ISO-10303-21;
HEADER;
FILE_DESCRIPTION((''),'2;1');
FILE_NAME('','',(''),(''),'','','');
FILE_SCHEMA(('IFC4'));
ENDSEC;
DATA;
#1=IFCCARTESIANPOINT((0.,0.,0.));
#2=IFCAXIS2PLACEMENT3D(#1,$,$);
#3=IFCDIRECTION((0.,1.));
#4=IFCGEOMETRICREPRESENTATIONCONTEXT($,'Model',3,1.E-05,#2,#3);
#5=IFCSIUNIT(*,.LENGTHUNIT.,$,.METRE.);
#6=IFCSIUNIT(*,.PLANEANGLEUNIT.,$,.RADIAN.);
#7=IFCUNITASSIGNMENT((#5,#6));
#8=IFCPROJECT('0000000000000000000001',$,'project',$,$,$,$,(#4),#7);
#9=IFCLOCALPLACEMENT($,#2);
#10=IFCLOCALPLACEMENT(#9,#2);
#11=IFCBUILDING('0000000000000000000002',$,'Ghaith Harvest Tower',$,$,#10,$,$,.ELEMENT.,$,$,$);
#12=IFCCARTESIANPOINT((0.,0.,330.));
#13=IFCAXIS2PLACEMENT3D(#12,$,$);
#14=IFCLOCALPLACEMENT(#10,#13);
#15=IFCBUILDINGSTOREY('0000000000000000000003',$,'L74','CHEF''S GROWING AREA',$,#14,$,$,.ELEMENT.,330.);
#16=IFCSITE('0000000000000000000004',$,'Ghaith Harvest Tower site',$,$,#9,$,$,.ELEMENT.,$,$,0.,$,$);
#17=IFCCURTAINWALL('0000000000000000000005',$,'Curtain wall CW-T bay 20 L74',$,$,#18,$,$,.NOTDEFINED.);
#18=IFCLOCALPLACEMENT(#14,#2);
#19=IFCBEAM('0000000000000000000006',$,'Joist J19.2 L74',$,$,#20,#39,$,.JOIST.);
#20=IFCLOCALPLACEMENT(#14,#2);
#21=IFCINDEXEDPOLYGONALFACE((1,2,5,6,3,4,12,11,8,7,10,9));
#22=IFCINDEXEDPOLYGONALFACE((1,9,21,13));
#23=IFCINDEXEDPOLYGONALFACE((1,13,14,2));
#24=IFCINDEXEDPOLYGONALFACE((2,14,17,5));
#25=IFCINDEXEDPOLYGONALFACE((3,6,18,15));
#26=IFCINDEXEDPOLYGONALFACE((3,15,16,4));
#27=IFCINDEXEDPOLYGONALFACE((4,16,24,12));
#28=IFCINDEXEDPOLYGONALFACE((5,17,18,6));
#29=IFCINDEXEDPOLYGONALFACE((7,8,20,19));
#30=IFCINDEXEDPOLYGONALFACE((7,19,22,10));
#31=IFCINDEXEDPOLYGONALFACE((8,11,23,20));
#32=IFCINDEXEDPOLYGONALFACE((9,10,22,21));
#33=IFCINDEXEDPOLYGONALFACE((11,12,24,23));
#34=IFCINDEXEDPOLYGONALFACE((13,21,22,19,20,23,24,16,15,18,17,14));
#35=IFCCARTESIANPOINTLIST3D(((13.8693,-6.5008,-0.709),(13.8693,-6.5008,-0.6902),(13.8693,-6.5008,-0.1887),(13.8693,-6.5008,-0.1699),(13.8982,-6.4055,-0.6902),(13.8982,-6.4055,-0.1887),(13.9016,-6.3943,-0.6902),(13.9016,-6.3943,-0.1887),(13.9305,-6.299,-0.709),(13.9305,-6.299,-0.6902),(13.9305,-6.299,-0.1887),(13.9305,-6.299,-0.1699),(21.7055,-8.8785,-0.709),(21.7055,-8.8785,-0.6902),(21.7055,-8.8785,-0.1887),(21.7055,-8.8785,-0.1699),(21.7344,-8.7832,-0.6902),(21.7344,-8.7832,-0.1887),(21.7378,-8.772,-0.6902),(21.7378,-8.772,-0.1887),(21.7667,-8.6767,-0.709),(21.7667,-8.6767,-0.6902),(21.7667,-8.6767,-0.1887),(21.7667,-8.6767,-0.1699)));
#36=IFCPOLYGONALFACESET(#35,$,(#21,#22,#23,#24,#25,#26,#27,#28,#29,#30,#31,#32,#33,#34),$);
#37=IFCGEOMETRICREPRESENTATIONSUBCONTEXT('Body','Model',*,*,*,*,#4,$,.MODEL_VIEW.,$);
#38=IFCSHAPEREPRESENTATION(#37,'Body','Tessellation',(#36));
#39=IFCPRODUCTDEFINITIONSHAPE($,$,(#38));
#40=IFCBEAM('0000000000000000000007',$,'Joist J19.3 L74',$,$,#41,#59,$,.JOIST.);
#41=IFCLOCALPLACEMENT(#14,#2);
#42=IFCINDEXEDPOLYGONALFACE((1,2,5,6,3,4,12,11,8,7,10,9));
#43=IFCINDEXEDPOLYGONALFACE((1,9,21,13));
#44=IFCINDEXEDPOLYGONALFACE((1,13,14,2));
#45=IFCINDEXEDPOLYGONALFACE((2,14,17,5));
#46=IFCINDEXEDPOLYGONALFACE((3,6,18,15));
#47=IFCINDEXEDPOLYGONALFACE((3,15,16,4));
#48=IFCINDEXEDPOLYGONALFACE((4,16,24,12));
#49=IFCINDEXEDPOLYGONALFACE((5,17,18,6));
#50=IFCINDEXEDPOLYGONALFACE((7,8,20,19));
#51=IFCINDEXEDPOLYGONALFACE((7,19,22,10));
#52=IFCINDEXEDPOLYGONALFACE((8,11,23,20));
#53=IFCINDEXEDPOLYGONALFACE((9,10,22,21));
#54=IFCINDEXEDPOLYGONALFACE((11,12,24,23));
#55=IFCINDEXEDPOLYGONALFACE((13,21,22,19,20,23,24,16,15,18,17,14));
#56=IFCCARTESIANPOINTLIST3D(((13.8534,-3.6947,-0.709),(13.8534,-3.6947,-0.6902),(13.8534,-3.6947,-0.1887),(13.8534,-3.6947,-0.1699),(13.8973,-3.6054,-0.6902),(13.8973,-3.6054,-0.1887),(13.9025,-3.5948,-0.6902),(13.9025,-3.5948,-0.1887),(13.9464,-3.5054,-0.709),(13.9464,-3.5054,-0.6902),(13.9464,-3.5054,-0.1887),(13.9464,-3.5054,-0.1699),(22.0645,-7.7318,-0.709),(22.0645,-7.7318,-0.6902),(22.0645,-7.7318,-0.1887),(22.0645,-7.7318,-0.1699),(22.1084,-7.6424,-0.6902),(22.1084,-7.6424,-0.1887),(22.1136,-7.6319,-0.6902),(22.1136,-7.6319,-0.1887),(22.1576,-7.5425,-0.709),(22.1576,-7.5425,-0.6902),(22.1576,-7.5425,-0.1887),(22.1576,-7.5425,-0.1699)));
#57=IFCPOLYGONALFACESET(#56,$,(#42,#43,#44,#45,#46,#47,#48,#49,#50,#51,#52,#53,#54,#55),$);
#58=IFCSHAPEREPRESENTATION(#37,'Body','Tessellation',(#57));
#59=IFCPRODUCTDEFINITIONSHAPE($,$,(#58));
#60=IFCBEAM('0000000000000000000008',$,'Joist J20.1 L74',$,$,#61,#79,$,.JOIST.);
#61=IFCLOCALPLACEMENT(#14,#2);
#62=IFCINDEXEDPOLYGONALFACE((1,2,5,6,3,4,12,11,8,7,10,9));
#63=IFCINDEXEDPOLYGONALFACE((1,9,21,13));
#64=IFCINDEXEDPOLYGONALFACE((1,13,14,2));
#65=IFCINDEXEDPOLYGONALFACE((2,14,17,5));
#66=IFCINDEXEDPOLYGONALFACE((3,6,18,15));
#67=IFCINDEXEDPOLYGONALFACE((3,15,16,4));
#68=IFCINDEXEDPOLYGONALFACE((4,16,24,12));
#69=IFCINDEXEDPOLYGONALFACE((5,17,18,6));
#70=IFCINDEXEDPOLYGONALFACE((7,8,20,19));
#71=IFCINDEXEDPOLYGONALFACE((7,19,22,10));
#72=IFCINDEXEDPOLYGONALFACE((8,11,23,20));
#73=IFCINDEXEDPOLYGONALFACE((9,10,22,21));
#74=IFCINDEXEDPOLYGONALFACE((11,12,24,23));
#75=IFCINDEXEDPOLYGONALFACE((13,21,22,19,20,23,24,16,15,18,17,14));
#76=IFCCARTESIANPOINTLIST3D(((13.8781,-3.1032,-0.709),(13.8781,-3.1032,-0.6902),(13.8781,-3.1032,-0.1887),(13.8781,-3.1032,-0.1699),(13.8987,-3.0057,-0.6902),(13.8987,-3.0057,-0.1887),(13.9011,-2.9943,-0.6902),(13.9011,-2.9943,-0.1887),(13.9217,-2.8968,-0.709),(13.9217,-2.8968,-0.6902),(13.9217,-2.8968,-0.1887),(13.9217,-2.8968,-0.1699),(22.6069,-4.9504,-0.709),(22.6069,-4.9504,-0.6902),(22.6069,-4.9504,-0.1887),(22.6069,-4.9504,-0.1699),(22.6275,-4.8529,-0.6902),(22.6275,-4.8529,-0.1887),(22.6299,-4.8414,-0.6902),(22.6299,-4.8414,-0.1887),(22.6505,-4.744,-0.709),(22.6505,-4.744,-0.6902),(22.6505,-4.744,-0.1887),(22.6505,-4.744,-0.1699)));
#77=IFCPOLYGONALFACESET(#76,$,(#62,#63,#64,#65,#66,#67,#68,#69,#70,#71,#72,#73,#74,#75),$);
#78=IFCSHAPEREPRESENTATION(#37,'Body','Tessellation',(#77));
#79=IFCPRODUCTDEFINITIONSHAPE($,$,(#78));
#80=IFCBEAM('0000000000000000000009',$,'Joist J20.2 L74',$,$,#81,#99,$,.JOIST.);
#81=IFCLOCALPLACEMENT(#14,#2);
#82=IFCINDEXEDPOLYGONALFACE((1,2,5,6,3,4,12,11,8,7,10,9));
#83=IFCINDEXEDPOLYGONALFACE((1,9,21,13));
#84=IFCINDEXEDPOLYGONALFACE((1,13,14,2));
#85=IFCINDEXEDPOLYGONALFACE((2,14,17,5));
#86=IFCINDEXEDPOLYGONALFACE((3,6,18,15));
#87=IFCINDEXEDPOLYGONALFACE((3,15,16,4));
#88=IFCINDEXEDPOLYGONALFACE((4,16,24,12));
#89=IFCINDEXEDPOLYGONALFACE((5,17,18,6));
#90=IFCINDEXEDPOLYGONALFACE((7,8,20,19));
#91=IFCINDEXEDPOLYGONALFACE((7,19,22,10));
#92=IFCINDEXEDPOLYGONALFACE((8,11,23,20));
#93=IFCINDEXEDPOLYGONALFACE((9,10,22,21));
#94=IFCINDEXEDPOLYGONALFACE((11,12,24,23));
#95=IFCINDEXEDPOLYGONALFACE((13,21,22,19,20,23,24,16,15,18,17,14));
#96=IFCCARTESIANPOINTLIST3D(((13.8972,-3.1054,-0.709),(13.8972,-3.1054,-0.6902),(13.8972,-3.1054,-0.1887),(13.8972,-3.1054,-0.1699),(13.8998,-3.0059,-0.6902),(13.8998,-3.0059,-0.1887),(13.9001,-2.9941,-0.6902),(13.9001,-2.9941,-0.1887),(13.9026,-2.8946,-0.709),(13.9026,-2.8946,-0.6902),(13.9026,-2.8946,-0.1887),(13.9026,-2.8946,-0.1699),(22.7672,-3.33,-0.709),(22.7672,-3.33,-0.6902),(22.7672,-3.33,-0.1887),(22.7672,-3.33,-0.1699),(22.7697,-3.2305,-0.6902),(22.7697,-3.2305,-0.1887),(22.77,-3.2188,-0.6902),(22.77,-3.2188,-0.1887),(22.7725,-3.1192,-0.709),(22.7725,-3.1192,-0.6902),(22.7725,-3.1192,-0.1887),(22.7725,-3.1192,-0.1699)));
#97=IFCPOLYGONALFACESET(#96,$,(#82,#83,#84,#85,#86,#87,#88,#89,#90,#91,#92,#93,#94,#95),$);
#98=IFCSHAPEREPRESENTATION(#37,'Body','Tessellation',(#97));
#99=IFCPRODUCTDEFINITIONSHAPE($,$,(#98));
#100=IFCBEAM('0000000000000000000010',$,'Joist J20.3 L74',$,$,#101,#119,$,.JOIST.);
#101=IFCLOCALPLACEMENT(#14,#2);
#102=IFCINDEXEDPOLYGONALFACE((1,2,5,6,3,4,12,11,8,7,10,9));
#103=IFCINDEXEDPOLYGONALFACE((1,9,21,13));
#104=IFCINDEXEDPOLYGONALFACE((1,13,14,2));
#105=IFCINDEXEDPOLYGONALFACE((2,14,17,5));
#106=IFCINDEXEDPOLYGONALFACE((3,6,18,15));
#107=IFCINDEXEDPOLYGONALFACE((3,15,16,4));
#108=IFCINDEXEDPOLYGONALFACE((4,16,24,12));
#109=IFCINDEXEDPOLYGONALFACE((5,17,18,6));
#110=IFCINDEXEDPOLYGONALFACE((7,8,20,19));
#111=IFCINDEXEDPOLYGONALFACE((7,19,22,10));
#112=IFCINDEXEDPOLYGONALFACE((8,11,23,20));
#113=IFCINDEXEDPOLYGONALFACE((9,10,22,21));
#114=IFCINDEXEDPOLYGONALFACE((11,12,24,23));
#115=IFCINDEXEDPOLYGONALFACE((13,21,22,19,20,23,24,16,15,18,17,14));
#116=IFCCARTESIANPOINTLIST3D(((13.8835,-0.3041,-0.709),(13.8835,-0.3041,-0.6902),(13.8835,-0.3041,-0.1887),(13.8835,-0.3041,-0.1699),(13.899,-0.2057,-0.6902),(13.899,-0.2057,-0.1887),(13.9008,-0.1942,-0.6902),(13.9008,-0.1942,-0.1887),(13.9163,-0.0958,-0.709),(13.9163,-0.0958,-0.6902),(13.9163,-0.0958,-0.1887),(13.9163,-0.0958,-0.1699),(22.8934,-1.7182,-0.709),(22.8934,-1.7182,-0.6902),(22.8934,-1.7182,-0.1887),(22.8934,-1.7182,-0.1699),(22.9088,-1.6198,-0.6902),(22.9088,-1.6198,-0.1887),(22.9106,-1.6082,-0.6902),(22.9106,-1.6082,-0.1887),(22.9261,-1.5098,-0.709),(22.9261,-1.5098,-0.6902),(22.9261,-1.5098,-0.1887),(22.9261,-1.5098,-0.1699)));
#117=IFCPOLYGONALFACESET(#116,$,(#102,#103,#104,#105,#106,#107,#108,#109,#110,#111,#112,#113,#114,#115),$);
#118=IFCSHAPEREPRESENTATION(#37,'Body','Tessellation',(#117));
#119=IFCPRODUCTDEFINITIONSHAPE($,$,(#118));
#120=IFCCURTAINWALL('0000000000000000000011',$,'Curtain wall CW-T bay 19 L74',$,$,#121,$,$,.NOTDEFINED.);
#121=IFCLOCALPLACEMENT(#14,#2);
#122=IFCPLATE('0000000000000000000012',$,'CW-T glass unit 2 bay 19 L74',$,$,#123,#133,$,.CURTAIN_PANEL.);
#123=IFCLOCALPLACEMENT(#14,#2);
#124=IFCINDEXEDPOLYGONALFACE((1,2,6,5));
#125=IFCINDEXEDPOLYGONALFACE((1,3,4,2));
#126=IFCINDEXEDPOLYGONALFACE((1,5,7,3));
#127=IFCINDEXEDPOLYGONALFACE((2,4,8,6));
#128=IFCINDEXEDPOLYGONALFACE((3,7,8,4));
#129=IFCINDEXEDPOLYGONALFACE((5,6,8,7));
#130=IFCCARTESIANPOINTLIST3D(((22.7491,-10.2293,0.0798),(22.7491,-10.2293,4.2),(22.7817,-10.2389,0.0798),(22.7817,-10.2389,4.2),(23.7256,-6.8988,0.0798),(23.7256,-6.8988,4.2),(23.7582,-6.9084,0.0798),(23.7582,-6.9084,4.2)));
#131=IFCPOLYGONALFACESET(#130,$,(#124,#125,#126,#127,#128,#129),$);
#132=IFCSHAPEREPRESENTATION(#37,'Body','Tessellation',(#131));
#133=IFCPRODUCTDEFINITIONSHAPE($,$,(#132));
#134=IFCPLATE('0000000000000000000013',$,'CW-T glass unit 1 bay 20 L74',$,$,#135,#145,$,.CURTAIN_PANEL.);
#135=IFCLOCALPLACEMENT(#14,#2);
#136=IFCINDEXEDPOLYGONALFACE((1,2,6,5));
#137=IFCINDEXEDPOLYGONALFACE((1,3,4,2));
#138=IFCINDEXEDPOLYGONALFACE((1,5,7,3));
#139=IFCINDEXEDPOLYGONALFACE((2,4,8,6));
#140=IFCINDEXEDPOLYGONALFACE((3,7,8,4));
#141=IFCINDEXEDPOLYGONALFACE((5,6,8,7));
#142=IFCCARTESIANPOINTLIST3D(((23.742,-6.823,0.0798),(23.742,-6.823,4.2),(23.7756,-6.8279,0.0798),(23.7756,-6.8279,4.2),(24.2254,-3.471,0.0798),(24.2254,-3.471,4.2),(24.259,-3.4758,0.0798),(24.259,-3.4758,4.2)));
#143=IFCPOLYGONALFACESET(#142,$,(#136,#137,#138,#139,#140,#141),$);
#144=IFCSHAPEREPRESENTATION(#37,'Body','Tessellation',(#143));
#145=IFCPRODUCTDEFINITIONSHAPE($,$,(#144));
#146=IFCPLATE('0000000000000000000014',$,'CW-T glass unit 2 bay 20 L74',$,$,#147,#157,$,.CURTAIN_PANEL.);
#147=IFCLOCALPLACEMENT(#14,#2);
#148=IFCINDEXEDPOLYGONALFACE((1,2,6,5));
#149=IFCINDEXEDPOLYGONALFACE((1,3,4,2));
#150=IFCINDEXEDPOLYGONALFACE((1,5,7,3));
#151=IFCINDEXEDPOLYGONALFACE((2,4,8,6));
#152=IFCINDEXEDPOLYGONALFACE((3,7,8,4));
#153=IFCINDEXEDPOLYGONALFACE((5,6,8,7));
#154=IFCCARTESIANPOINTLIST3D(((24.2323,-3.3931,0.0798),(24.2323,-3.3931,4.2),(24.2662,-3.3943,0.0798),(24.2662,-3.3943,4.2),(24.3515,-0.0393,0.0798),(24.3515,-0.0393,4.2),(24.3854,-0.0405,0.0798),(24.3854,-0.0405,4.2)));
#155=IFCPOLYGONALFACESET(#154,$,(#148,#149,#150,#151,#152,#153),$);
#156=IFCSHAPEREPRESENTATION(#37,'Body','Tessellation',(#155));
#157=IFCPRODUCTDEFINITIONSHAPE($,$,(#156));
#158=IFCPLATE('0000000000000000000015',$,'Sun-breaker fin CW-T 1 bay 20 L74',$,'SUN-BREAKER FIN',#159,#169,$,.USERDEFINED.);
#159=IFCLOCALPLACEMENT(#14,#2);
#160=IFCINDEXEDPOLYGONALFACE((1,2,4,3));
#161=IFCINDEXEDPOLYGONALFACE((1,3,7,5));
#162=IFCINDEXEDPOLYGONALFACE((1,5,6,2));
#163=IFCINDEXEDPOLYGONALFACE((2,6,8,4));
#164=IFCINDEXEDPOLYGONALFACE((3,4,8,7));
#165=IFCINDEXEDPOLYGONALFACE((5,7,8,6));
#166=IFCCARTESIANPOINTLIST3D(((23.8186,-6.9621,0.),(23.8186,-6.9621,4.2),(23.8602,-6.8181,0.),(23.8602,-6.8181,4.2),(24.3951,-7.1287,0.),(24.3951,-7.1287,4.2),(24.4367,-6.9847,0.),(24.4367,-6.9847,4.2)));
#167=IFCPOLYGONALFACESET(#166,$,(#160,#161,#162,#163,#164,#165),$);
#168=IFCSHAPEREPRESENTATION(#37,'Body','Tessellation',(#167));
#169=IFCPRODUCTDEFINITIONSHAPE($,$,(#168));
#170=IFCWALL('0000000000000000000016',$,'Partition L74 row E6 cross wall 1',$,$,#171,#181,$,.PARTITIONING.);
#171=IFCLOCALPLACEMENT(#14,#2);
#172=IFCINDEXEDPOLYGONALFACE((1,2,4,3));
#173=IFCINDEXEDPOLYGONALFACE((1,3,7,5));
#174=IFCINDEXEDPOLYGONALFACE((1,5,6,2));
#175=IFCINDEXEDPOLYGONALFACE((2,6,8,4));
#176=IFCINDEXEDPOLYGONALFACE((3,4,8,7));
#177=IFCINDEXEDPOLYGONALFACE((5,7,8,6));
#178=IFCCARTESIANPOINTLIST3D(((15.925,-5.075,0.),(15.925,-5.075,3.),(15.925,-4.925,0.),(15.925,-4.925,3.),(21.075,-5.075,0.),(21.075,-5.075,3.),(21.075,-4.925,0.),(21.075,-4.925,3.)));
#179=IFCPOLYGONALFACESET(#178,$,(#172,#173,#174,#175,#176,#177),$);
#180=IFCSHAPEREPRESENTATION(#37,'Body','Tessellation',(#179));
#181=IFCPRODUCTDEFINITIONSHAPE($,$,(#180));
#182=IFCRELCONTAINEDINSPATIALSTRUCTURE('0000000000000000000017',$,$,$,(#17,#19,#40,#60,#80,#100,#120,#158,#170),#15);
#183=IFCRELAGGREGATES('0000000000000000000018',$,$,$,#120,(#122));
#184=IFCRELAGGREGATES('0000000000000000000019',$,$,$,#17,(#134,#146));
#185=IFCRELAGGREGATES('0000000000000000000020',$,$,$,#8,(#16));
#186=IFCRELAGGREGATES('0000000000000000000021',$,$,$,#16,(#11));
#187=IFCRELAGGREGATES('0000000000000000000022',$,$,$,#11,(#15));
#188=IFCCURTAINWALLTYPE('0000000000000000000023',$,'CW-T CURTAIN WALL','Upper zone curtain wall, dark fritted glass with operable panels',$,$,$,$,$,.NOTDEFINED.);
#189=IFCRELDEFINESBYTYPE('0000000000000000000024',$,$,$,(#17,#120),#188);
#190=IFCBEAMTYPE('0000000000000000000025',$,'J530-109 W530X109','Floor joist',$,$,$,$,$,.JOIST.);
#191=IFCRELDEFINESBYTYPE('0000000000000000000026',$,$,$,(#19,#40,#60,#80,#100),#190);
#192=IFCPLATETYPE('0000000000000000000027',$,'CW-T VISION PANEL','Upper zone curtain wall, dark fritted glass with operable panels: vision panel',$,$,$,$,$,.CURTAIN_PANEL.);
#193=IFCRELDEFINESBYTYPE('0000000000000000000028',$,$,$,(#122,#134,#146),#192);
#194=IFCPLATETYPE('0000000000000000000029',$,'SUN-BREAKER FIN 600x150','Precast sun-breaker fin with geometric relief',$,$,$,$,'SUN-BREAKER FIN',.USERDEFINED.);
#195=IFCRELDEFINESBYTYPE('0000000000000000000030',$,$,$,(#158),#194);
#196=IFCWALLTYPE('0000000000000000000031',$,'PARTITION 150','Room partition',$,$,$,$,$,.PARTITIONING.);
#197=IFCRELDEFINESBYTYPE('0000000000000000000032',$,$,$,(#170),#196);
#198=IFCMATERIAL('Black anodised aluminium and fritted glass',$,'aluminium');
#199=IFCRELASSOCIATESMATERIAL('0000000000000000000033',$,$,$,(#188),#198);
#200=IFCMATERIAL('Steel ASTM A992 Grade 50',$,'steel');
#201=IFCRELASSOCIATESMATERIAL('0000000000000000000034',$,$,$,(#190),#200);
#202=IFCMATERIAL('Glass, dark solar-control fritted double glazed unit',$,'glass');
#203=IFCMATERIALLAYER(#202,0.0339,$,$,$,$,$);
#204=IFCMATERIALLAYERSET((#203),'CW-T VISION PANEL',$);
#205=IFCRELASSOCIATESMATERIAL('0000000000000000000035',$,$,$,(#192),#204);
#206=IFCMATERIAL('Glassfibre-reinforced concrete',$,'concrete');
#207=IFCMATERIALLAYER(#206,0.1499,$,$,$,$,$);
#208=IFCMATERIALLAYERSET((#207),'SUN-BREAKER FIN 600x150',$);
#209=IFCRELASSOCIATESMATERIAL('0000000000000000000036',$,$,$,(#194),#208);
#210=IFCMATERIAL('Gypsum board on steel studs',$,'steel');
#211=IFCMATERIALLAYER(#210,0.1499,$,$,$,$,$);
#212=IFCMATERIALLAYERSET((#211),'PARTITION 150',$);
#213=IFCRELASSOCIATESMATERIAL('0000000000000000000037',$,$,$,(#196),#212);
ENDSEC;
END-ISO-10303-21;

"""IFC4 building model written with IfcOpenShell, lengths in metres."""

from ifc_helpers import new_model, si_unit, direction, frame, frame_2d, origin, origin_2d, place, context, subcontext, project, spatial, rectangle, i_section, extrude, material, layer, layer_set, material_profile, profile_set, type_object, element, aggregate, save


model = new_model("IFC4")

# Units and contexts
model_context = context("Model", 3, precision=1e-05, world=origin(), true_north=direction((0.0, 1.0)))
body_context = subcontext(model_context, "Body", "Model", "MODEL_VIEW")
ifc_project = project(units=[si_unit("LENGTHUNIT", "METRE"), si_unit("PLANEANGLEUNIT", "RADIAN")], contexts=[model_context])

# Site, building, storey
site_placement = place(None, origin())
site = spatial("IfcSite", under=ifc_project, at=site_placement, Name="Ghaith Harvest Tower site", CompositionType="ELEMENT", RefElevation=0.0)
building_placement = place(site_placement, origin())
building = spatial("IfcBuilding", under=site, at=building_placement, Name="Ghaith Harvest Tower", CompositionType="ELEMENT")
storey_placement = place(building_placement, frame((0.0, 0.0, 330.0)))
storey = spatial("IfcBuildingStorey", under=building, at=storey_placement, Name="L74", Description="CHEF'S GROWING AREA", CompositionType="ELEMENT", Elevation=330.0)

# Curtain wall
ifc_material_1 = material(Name="Black anodised aluminium and fritted glass", Category="aluminium")
curtain_wall_type = type_object("IfcCurtainWallType", Name="CW-T CURTAIN WALL", Description="Upper zone curtain wall, dark fritted glass with operable panels", PredefinedType="NOTDEFINED", material=ifc_material_1)
curtain_wall_1_placement = place(storey_placement, origin())
curtain_wall_1 = element("IfcCurtainWall", 1, at=curtain_wall_1_placement, inside=storey, type_object=curtain_wall_type, Name="Curtain wall CW-T bay 20 L74", PredefinedType="NOTDEFINED")

# Beams
ifc_material_2 = material(Name="Steel ASTM A992 Grade 50", Category="steel")
ifc_material_profile_1 = material_profile(ifc_material_2, i_section(OverallWidth=0.2109, OverallDepth=0.5391, WebThickness=0.0117, FlangeThickness=0.0188, at=origin_2d()), Name="W530X109")
ifc_profile_set_1 = profile_set([ifc_material_profile_1], Name="Steel ASTM A992 Grade 50")
beam_type_1 = type_object("IfcBeamType", Name="J530-109 W530X109", Description="Floor joist", PredefinedType="JOIST", material=ifc_profile_set_1)
beam_1_placement = place(storey_placement, frame((13.8999, -6.3999, -0.4395), z_axis=(0.95692, -0.290352, 0.0), x_axis=(0.290352, 0.95692, 0.0)))
element("IfcBeam", 2, at=beam_1_placement, inside=storey, type_object=beam_type_1, Name="Joist J19.2 L74", PredefinedType="JOIST", context=body_context, shape_type="SweptSolid", body=[
    extrude(i_section(OverallWidth=0.2109, OverallDepth=0.5391, WebThickness=0.0117, FlangeThickness=0.0188, at=origin_2d()), origin(), (0.0, 0.0, 1.0), 8.189),
])
beam_2_placement = place(storey_placement, frame((13.8999, -3.6001, -0.4395), z_axis=(0.897401, -0.441216, 0.0), x_axis=(0.441216, 0.897401, 0.0)))
element("IfcBeam", 3, at=beam_2_placement, inside=storey, type_object=beam_type_1, Name="Joist J19.3 L74", PredefinedType="JOIST", context=body_context, shape_type="SweptSolid", body=[
    extrude(i_section(OverallWidth=0.2109, OverallDepth=0.5391, WebThickness=0.0117, FlangeThickness=0.0188, at=origin_2d()), origin(), (0.0, 0.0, 1.0), 9.1499),
])
beam_3_placement = place(storey_placement, frame((13.8999, -3.0, -0.4395), z_axis=(0.978334, -0.207034, 0.0), x_axis=(0.207034, 0.978334, 0.0)))
element("IfcBeam", 4, at=beam_3_placement, inside=storey, type_object=beam_type_1, Name="Joist J20.1 L74", PredefinedType="JOIST", context=body_context, shape_type="SweptSolid", body=[
    extrude(i_section(OverallWidth=0.2109, OverallDepth=0.5391, WebThickness=0.0117, FlangeThickness=0.0188, at=origin_2d()), origin(), (0.0, 0.0, 1.0), 8.9221),
])
beam_4_placement = place(storey_placement, frame((13.8999, -3.0, -0.4395), z_axis=(0.99968, -0.025315, 0.0), x_axis=(0.025315, 0.99968, 0.0)))
element("IfcBeam", 5, at=beam_4_placement, inside=storey, type_object=beam_type_1, Name="Joist J20.2 L74", PredefinedType="JOIST", context=body_context, shape_type="SweptSolid", body=[
    extrude(i_section(OverallWidth=0.2109, OverallDepth=0.5391, WebThickness=0.0117, FlangeThickness=0.0188, at=origin_2d()), origin(), (0.0, 0.0, 1.0), 8.8728),
])
beam_5_placement = place(storey_placement, frame((13.8999, -0.2, -0.4395), z_axis=(0.987907, -0.15505, 0.0), x_axis=(0.15505, 0.987907, 0.0)))
element("IfcBeam", 6, at=beam_5_placement, inside=storey, type_object=beam_type_1, Name="Joist J20.3 L74", PredefinedType="JOIST", context=body_context, shape_type="SweptSolid", body=[
    extrude(i_section(OverallWidth=0.2109, OverallDepth=0.5391, WebThickness=0.0117, FlangeThickness=0.0188, at=origin_2d()), origin(), (0.0, 0.0, 1.0), 9.1201),
])

# Curtain wall, plate
curtain_wall_2_placement = place(storey_placement, origin())
curtain_wall_2 = element("IfcCurtainWall", 7, at=curtain_wall_2_placement, inside=storey, type_object=curtain_wall_type, Name="Curtain wall CW-T bay 19 L74", PredefinedType="NOTDEFINED")
ifc_material_3 = material(Name="Glass, dark solar-control fritted double glazed unit", Category="glass")
ifc_layer_1 = layer(ifc_material_3, 0.0339)
ifc_layer_set_1 = layer_set([ifc_layer_1], Name="CW-T VISION PANEL")
plate_type_1 = type_object("IfcPlateType", Name="CW-T VISION PANEL", Description="Upper zone curtain wall, dark fritted glass with operable panels: vision panel", PredefinedType="CURTAIN_PANEL", material=ifc_layer_set_1)
plate_1_placement = place(storey_placement, frame((23.2537, -8.5688, 0.0798), z_axis=(0.0, 0.0, 1.0), x_axis=(0.281345, 0.959607, 0.0)))
plate_1 = element("IfcPlate", 8, at=plate_1_placement, type_object=plate_type_1, Name="CW-T glass unit 2 bay 19 L74", PredefinedType="CURTAIN_PANEL", context=body_context, shape_type="SweptSolid", body=[
    extrude(rectangle(XDim=3.4707, YDim=0.0339, at=origin_2d()), origin(), (0.0, 0.0, 1.0), 4.1201),
])
aggregate(curtain_wall_2, [plate_1])

# Plates
plate_2_placement = place(storey_placement, frame((24.0005, -5.1494, 0.0798), z_axis=(0.0, 0.0, 1.0), x_axis=(0.14273, 0.989762, 0.0)))
plate_2 = element("IfcPlate", 9, at=plate_2_placement, type_object=plate_type_1, Name="CW-T glass unit 1 bay 20 L74", PredefinedType="CURTAIN_PANEL", context=body_context, shape_type="SweptSolid", body=[
    extrude(rectangle(XDim=3.3867, YDim=0.0339, at=origin_2d()), origin(), (0.0, 0.0, 1.0), 4.1201),
])
plate_3_placement = place(storey_placement, frame((24.3088, -1.7168, 0.0798), z_axis=(0.0, 0.0, 1.0), x_axis=(0.035536, 0.999368, 0.0)))
plate_3 = element("IfcPlate", 10, at=plate_3_placement, type_object=plate_type_1, Name="CW-T glass unit 2 bay 20 L74", PredefinedType="CURTAIN_PANEL", context=body_context, shape_type="SweptSolid", body=[
    extrude(rectangle(XDim=3.356, YDim=0.0339, at=origin_2d()), origin(), (0.0, 0.0, 1.0), 4.1201),
])
aggregate(curtain_wall_1, [plate_2, plate_3])
ifc_material_4 = material(Name="Glassfibre-reinforced concrete", Category="concrete")
ifc_layer_2 = layer(ifc_material_4, 0.1499)
ifc_layer_set_2 = layer_set([ifc_layer_2], Name="SUN-BREAKER FIN 600x150")
plate_type_2 = type_object("IfcPlateType", Name="SUN-BREAKER FIN 600x150", Description="Precast sun-breaker fin with geometric relief", ElementType="SUN-BREAKER FIN", PredefinedType="USERDEFINED", material=ifc_layer_set_2)
plate_4_placement = place(storey_placement, frame((24.1277, -6.9734, 0.0), z_axis=(0.0, 0.0, 1.0), x_axis=(0.96068, -0.277657, 0.0)))
element("IfcPlate", 11, at=plate_4_placement, inside=storey, type_object=plate_type_2, Name="Sun-breaker fin CW-T 1 bay 20 L74", ObjectType="SUN-BREAKER FIN", PredefinedType="USERDEFINED", context=body_context, shape_type="SweptSolid", body=[
    extrude(rectangle(XDim=0.6001, YDim=0.1499, at=origin_2d()), origin(), (0.0, 0.0, 1.0), 4.2),
])

# Wall
ifc_material_5 = material(Name="Gypsum board on steel studs", Category="steel")
ifc_layer_3 = layer(ifc_material_5, 0.1499)
ifc_layer_set_3 = layer_set([ifc_layer_3], Name="PARTITION 150")
wall_type_1 = type_object("IfcWallType", Name="PARTITION 150", Description="Room partition", PredefinedType="PARTITIONING", material=ifc_layer_set_3)
wall_1_placement = place(storey_placement, frame((15.925, -5.0, 0.0), z_axis=(0.0, 0.0, 1.0), x_axis=(1.0, 0.0, 0.0)))
element("IfcWall", 12, at=wall_1_placement, inside=storey, type_object=wall_type_1, Name="Partition L74 row E6 cross wall 1", PredefinedType="PARTITIONING", context=body_context, shape_type="SweptSolid", body=[
    extrude(rectangle(XDim=5.1499, YDim=0.1499, at=frame_2d((2.575, 0.0))), origin(), (0.0, 0.0, 1.0), 3.0),
])

save(model, "model.ifc")
